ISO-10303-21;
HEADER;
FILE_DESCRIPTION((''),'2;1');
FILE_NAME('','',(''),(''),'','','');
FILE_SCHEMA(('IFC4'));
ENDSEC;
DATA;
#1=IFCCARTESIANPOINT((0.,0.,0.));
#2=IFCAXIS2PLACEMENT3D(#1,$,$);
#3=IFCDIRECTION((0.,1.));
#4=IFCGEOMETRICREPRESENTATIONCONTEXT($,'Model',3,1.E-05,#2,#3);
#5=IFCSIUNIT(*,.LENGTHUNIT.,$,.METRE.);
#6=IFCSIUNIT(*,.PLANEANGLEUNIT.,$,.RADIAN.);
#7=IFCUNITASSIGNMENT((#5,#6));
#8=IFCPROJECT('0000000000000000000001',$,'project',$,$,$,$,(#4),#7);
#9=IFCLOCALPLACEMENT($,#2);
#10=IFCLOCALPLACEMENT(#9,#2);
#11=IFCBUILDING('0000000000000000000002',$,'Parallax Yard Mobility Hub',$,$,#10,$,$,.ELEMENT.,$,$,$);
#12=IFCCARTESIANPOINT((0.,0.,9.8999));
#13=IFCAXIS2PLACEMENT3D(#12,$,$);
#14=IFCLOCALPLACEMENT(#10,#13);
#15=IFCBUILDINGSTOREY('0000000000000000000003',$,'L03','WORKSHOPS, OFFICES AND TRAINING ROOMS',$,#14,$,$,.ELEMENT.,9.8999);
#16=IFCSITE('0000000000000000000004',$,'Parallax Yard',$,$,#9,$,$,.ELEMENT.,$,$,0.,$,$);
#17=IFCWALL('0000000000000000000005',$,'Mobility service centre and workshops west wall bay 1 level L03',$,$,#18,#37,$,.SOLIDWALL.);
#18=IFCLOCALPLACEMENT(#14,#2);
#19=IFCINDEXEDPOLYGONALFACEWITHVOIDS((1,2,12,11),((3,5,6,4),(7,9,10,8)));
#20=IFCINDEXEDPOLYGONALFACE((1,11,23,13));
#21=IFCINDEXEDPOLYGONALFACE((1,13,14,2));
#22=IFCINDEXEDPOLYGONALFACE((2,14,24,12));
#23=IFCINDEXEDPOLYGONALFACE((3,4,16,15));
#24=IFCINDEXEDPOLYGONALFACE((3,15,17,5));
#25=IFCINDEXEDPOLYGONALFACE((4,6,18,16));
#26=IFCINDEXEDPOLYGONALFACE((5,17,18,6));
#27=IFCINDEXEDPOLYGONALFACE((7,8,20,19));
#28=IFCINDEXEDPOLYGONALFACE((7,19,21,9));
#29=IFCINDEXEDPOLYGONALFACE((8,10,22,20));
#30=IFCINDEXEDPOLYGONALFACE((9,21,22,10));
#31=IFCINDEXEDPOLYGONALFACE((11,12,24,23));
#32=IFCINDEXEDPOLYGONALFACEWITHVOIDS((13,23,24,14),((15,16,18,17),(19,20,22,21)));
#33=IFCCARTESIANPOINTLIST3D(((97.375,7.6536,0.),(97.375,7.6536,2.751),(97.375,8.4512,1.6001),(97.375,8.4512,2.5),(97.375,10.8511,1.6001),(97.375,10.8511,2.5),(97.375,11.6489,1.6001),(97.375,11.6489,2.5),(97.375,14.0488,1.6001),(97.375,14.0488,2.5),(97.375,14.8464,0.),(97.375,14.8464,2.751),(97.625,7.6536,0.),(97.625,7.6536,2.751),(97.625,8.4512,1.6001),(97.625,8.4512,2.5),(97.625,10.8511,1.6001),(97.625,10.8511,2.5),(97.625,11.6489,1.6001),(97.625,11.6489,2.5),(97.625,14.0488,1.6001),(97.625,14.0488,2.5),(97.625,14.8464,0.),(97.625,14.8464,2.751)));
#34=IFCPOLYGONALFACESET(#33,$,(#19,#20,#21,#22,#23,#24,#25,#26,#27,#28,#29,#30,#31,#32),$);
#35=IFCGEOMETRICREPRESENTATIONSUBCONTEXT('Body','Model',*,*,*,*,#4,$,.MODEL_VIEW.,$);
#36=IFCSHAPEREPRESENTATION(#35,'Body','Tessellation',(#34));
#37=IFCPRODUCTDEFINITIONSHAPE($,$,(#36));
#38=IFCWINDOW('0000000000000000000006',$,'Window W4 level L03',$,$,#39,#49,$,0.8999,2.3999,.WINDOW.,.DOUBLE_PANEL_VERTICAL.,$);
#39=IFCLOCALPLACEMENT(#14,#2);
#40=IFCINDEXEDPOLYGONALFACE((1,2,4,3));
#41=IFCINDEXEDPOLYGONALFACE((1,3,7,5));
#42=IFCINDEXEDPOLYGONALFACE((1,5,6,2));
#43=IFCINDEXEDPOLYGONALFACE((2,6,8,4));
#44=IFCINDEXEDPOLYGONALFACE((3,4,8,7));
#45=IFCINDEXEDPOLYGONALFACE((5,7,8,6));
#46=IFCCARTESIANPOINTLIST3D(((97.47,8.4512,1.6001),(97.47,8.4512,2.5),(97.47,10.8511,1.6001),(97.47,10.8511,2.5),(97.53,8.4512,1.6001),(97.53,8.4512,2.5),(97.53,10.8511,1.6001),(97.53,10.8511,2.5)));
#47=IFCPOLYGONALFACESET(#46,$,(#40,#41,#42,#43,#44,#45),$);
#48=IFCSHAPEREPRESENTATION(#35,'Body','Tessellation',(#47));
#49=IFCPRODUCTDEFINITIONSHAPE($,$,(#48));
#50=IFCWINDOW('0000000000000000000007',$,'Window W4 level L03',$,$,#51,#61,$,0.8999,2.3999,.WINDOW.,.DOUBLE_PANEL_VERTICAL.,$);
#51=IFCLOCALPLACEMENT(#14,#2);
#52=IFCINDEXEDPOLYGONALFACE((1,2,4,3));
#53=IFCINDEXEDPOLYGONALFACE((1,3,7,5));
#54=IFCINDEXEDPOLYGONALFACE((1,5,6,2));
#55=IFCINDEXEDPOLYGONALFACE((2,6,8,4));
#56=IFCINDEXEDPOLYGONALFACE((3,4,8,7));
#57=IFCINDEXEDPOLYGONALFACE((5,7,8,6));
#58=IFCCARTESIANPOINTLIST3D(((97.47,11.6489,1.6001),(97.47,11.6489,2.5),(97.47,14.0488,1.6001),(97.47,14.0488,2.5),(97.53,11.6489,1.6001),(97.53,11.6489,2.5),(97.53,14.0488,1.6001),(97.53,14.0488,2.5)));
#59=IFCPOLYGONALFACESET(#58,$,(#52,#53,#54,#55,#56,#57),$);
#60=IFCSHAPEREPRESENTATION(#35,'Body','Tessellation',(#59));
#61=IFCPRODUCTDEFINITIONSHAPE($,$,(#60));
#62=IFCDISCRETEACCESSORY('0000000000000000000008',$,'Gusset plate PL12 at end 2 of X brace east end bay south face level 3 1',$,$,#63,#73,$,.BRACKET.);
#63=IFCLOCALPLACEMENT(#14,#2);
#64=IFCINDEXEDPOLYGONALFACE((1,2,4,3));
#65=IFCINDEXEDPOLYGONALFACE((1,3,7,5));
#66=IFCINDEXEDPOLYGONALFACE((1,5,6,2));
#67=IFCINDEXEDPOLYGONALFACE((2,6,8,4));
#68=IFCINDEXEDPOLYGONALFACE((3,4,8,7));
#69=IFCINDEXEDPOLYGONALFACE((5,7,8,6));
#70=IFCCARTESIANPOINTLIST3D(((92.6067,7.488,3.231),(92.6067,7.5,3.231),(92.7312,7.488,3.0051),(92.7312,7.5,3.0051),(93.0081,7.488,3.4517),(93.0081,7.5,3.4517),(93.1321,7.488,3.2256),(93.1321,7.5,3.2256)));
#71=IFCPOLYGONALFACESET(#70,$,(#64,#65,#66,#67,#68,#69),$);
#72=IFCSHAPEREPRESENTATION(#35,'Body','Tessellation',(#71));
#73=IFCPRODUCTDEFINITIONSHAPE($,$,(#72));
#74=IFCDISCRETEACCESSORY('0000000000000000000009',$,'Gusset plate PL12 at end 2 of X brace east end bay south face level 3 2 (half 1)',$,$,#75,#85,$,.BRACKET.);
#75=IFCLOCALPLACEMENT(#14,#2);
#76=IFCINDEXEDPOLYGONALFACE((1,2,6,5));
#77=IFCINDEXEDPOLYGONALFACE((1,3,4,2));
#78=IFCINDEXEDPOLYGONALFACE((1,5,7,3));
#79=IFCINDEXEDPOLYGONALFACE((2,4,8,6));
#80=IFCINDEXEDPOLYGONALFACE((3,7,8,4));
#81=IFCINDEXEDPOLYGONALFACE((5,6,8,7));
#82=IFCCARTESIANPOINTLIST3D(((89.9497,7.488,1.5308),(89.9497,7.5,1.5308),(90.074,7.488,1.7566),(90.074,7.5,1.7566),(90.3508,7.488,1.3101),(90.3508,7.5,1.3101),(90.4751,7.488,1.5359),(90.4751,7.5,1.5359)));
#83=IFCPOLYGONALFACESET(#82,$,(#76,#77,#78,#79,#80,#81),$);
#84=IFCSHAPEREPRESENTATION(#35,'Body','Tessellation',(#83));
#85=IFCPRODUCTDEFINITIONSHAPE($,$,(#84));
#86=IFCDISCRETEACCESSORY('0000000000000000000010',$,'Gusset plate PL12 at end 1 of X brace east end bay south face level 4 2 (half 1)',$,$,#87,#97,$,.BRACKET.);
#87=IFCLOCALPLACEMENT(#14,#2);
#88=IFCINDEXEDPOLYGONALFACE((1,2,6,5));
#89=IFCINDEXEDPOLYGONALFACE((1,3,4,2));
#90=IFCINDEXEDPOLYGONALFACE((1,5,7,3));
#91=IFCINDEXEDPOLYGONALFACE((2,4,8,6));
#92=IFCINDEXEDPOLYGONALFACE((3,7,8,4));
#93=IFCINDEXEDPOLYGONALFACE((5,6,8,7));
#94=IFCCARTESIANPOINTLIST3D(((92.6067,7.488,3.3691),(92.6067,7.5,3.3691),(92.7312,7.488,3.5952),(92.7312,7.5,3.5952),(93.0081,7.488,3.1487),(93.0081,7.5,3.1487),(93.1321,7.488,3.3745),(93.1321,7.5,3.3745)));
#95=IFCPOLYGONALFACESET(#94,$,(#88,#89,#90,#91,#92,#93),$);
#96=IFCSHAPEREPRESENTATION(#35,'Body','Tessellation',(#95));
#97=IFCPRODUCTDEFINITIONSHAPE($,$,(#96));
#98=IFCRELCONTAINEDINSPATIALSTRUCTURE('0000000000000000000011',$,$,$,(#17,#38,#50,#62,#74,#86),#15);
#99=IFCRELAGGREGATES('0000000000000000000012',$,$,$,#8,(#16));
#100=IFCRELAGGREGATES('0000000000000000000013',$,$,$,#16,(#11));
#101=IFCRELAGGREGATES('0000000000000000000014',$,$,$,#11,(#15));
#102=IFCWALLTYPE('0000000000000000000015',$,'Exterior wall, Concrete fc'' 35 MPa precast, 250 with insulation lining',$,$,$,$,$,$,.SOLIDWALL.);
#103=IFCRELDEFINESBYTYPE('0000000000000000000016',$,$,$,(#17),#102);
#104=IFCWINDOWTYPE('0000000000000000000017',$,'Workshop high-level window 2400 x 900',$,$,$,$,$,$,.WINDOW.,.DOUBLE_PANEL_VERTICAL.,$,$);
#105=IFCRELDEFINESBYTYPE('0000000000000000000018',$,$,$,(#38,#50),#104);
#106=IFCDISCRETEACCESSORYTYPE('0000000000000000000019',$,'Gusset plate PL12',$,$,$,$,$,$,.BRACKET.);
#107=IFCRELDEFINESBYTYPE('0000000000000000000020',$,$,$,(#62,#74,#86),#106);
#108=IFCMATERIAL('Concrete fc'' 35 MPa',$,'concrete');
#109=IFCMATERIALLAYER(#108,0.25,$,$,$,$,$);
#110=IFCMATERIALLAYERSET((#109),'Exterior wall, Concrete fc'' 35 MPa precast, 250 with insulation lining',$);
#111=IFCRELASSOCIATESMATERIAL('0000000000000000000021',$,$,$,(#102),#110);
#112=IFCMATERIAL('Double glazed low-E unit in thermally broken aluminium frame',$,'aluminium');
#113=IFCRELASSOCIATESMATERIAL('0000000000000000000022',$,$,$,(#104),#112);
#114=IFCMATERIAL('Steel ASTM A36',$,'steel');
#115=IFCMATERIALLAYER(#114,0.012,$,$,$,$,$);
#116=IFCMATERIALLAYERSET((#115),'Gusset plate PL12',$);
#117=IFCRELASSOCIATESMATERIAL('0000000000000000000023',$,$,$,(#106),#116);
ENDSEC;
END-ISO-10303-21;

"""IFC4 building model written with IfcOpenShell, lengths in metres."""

from ifc_helpers import new_model, si_unit, direction, frame, frame_2d, origin, place, context, subcontext, project, spatial, polyline, rectangle, outline, extrude, material, layer, layer_set, type_object, element, fill, save


model = new_model("IFC4")

# Units and contexts
model_context = context("Model", 3, precision=1e-05, world=origin(), true_north=direction((0.0, 1.0)))
body_context = subcontext(model_context, "Body", "Model", "MODEL_VIEW")
ifc_project = project(units=[si_unit("LENGTHUNIT", "METRE"), si_unit("PLANEANGLEUNIT", "RADIAN")], contexts=[model_context])

# Site, building, storey
site_placement = place(None, origin())
site = spatial("IfcSite", under=ifc_project, at=site_placement, Name="Parallax Yard", CompositionType="ELEMENT", RefElevation=0.0)
building_placement = place(site_placement, origin())
building = spatial("IfcBuilding", under=site, at=building_placement, Name="Parallax Yard Mobility Hub", CompositionType="ELEMENT")
storey_placement = place(building_placement, frame((0.0, 0.0, 9.8999)))
storey = spatial("IfcBuildingStorey", under=building, at=storey_placement, Name="L03", Description="WORKSHOPS, OFFICES AND TRAINING ROOMS", CompositionType="ELEMENT", Elevation=9.8999)

# Wall, openings, windows
ifc_material_1 = material(Name="Concrete fc' 35 MPa", Category="concrete")
ifc_layer_1 = layer(ifc_material_1, 0.25)
ifc_layer_set_1 = layer_set([ifc_layer_1], Name="Exterior wall, Concrete fc' 35 MPa precast, 250 with insulation lining")
wall_type = type_object("IfcWallType", Name="Exterior wall, Concrete fc' 35 MPa precast, 250 with insulation lining", PredefinedType="SOLIDWALL", material=ifc_layer_set_1)
ifc_material_2 = material(Name="Double glazed low-E unit in thermally broken aluminium frame", Category="aluminium")
window_type = type_object("IfcWindowType", Name="Workshop high-level window 2400 x 900", PartitioningType="DOUBLE_PANEL_VERTICAL", PredefinedType="WINDOW", material=ifc_material_2)
wall_1_placement = place(storey_placement, frame((97.5, 7.6536, 0.0), z_axis=(0.0, 0.0, 1.0), x_axis=(0.0, 1.0, 0.0)))
wall_1 = element("IfcWall", 1, at=wall_1_placement, inside=storey, type_object=wall_type, Name="Mobility service centre and workshops west wall bay 1 level L03", PredefinedType="SOLIDWALL", context=body_context, shape_type="SweptSolid", body=[
    extrude(rectangle(XDim=7.1929, YDim=0.25, at=frame_2d((3.5964, 0.0))), origin(), (0.0, 0.0, 1.0), 2.751),
])
opening_1_placement = place(wall_1_placement, frame((0.7976, 0.0, 1.6001)))
opening_1 = element("IfcOpeningElement", 2, at=opening_1_placement, cuts=wall_1, PredefinedType="OPENING", context=body_context, shape_type="SweptSolid", body=[
    extrude(rectangle(XDim=2.3999, YDim=0.8999, at=frame_2d((1.2, 0.45))), frame((0.0, 0.135, 0.0), z_axis=(0.0, -1.0, 0.0), x_axis=(1.0, 0.0, 0.0)), (0.0, 0.0, 1.0), 0.27),
])
opening_2_placement = place(wall_1_placement, frame((3.9954, 0.0, 1.6001)))
opening_2 = element("IfcOpeningElement", 3, at=opening_2_placement, cuts=wall_1, PredefinedType="OPENING", context=body_context, shape_type="SweptSolid", body=[
    extrude(rectangle(XDim=2.3999, YDim=0.8999, at=frame_2d((1.2, 0.45))), frame((0.0, 0.135, 0.0), z_axis=(0.0, -1.0, 0.0), x_axis=(1.0, 0.0, 0.0)), (0.0, 0.0, 1.0), 0.27),
])
window_1_placement = place(opening_1_placement, origin())
window_1 = element("IfcWindow", 4, at=window_1_placement, inside=storey, type_object=window_type, Name="Window W4 level L03", OverallHeight=0.8999, OverallWidth=2.3999, PartitioningType="DOUBLE_PANEL_VERTICAL", PredefinedType="WINDOW", context=body_context, shape_type="SweptSolid", body=[
    extrude(rectangle(XDim=2.3999, YDim=0.8999, at=frame_2d((1.2, 0.45))), frame((0.0, 0.03, 0.0), z_axis=(0.0, -1.0, 0.0), x_axis=(1.0, 0.0, 0.0)), (0.0, 0.0, 1.0), 0.0601),
])
fill(opening_1, window_1)
window_2_placement = place(opening_2_placement, origin())
window_2 = element("IfcWindow", 5, at=window_2_placement, inside=storey, type_object=window_type, Name="Window W4 level L03", OverallHeight=0.8999, OverallWidth=2.3999, PartitioningType="DOUBLE_PANEL_VERTICAL", PredefinedType="WINDOW", context=body_context, shape_type="SweptSolid", body=[
    extrude(rectangle(XDim=2.3999, YDim=0.8999, at=frame_2d((1.2, 0.45))), frame((0.0, 0.03, 0.0), z_axis=(0.0, -1.0, 0.0), x_axis=(1.0, 0.0, 0.0)), (0.0, 0.0, 1.0), 0.0601),
])
fill(opening_2, window_2)

# Discrete accessories
ifc_material_3 = material(Name="Steel ASTM A36", Category="steel")
ifc_layer_2 = layer(ifc_material_3, 0.012)
ifc_layer_set_2 = layer_set([ifc_layer_2], Name="Gusset plate PL12")
discrete_accessory_type = type_object("IfcDiscreteAccessoryType", Name="Gusset plate PL12", PredefinedType="BRACKET", material=ifc_layer_set_2)
discrete_accessory_1_placement = place(storey_placement, frame((92.6067, 7.5, 3.231), z_axis=(0.0, 1.0, 0.0), x_axis=(0.876261, 0.0, 0.481837)))
element("IfcDiscreteAccessory", 6, at=discrete_accessory_1_placement, inside=storey, type_object=discrete_accessory_type, Name="Gusset plate PL12 at end 2 of X brace east end bay south face level 3 1", PredefinedType="BRACKET", context=body_context, shape_type="SweptSolid", body=[
    extrude(outline(polyline([(0.0, 0.0), (0.458, 0.0), (0.4578, 0.2579), (0.0003, 0.2579), (0.0, 0.0)])), origin(), (0.0, 0.0, -1.0), 0.012),
])
discrete_accessory_2_placement = place(storey_placement, frame((90.3508, 7.5, 1.3101), z_axis=(0.0, 1.0, 0.0), x_axis=(-0.876137, 0.0, 0.482062)))
element("IfcDiscreteAccessory", 7, at=discrete_accessory_2_placement, inside=storey, type_object=discrete_accessory_type, Name="Gusset plate PL12 at end 2 of X brace east end bay south face level 3 2 (half 1)", PredefinedType="BRACKET", context=body_context, shape_type="SweptSolid", body=[
    extrude(outline(polyline([(0.0, 0.0), (0.4578, 0.0), (0.4578, 0.2578), (0.0, 0.2578), (0.0, 0.0)])), origin(), (0.0, 0.0, -1.0), 0.012),
])
discrete_accessory_3_placement = place(storey_placement, frame((92.7312, 7.5, 3.5952), z_axis=(0.0, 1.0, 0.0), x_axis=(0.876013, 0.0, -0.482287)))
element("IfcDiscreteAccessory", 8, at=discrete_accessory_3_placement, inside=storey, type_object=discrete_accessory_type, Name="Gusset plate PL12 at end 1 of X brace east end bay south face level 4 2 (half 1)", PredefinedType="BRACKET", context=body_context, shape_type="SweptSolid", body=[
    extrude(outline(polyline([(0.0, 0.0), (0.4576, 0.0), (0.4579, 0.2576), (0.0, 0.2581), (0.0, 0.0)])), origin(), (0.0, 0.0, -1.0), 0.012),
])

save(model, "model.ifc")
